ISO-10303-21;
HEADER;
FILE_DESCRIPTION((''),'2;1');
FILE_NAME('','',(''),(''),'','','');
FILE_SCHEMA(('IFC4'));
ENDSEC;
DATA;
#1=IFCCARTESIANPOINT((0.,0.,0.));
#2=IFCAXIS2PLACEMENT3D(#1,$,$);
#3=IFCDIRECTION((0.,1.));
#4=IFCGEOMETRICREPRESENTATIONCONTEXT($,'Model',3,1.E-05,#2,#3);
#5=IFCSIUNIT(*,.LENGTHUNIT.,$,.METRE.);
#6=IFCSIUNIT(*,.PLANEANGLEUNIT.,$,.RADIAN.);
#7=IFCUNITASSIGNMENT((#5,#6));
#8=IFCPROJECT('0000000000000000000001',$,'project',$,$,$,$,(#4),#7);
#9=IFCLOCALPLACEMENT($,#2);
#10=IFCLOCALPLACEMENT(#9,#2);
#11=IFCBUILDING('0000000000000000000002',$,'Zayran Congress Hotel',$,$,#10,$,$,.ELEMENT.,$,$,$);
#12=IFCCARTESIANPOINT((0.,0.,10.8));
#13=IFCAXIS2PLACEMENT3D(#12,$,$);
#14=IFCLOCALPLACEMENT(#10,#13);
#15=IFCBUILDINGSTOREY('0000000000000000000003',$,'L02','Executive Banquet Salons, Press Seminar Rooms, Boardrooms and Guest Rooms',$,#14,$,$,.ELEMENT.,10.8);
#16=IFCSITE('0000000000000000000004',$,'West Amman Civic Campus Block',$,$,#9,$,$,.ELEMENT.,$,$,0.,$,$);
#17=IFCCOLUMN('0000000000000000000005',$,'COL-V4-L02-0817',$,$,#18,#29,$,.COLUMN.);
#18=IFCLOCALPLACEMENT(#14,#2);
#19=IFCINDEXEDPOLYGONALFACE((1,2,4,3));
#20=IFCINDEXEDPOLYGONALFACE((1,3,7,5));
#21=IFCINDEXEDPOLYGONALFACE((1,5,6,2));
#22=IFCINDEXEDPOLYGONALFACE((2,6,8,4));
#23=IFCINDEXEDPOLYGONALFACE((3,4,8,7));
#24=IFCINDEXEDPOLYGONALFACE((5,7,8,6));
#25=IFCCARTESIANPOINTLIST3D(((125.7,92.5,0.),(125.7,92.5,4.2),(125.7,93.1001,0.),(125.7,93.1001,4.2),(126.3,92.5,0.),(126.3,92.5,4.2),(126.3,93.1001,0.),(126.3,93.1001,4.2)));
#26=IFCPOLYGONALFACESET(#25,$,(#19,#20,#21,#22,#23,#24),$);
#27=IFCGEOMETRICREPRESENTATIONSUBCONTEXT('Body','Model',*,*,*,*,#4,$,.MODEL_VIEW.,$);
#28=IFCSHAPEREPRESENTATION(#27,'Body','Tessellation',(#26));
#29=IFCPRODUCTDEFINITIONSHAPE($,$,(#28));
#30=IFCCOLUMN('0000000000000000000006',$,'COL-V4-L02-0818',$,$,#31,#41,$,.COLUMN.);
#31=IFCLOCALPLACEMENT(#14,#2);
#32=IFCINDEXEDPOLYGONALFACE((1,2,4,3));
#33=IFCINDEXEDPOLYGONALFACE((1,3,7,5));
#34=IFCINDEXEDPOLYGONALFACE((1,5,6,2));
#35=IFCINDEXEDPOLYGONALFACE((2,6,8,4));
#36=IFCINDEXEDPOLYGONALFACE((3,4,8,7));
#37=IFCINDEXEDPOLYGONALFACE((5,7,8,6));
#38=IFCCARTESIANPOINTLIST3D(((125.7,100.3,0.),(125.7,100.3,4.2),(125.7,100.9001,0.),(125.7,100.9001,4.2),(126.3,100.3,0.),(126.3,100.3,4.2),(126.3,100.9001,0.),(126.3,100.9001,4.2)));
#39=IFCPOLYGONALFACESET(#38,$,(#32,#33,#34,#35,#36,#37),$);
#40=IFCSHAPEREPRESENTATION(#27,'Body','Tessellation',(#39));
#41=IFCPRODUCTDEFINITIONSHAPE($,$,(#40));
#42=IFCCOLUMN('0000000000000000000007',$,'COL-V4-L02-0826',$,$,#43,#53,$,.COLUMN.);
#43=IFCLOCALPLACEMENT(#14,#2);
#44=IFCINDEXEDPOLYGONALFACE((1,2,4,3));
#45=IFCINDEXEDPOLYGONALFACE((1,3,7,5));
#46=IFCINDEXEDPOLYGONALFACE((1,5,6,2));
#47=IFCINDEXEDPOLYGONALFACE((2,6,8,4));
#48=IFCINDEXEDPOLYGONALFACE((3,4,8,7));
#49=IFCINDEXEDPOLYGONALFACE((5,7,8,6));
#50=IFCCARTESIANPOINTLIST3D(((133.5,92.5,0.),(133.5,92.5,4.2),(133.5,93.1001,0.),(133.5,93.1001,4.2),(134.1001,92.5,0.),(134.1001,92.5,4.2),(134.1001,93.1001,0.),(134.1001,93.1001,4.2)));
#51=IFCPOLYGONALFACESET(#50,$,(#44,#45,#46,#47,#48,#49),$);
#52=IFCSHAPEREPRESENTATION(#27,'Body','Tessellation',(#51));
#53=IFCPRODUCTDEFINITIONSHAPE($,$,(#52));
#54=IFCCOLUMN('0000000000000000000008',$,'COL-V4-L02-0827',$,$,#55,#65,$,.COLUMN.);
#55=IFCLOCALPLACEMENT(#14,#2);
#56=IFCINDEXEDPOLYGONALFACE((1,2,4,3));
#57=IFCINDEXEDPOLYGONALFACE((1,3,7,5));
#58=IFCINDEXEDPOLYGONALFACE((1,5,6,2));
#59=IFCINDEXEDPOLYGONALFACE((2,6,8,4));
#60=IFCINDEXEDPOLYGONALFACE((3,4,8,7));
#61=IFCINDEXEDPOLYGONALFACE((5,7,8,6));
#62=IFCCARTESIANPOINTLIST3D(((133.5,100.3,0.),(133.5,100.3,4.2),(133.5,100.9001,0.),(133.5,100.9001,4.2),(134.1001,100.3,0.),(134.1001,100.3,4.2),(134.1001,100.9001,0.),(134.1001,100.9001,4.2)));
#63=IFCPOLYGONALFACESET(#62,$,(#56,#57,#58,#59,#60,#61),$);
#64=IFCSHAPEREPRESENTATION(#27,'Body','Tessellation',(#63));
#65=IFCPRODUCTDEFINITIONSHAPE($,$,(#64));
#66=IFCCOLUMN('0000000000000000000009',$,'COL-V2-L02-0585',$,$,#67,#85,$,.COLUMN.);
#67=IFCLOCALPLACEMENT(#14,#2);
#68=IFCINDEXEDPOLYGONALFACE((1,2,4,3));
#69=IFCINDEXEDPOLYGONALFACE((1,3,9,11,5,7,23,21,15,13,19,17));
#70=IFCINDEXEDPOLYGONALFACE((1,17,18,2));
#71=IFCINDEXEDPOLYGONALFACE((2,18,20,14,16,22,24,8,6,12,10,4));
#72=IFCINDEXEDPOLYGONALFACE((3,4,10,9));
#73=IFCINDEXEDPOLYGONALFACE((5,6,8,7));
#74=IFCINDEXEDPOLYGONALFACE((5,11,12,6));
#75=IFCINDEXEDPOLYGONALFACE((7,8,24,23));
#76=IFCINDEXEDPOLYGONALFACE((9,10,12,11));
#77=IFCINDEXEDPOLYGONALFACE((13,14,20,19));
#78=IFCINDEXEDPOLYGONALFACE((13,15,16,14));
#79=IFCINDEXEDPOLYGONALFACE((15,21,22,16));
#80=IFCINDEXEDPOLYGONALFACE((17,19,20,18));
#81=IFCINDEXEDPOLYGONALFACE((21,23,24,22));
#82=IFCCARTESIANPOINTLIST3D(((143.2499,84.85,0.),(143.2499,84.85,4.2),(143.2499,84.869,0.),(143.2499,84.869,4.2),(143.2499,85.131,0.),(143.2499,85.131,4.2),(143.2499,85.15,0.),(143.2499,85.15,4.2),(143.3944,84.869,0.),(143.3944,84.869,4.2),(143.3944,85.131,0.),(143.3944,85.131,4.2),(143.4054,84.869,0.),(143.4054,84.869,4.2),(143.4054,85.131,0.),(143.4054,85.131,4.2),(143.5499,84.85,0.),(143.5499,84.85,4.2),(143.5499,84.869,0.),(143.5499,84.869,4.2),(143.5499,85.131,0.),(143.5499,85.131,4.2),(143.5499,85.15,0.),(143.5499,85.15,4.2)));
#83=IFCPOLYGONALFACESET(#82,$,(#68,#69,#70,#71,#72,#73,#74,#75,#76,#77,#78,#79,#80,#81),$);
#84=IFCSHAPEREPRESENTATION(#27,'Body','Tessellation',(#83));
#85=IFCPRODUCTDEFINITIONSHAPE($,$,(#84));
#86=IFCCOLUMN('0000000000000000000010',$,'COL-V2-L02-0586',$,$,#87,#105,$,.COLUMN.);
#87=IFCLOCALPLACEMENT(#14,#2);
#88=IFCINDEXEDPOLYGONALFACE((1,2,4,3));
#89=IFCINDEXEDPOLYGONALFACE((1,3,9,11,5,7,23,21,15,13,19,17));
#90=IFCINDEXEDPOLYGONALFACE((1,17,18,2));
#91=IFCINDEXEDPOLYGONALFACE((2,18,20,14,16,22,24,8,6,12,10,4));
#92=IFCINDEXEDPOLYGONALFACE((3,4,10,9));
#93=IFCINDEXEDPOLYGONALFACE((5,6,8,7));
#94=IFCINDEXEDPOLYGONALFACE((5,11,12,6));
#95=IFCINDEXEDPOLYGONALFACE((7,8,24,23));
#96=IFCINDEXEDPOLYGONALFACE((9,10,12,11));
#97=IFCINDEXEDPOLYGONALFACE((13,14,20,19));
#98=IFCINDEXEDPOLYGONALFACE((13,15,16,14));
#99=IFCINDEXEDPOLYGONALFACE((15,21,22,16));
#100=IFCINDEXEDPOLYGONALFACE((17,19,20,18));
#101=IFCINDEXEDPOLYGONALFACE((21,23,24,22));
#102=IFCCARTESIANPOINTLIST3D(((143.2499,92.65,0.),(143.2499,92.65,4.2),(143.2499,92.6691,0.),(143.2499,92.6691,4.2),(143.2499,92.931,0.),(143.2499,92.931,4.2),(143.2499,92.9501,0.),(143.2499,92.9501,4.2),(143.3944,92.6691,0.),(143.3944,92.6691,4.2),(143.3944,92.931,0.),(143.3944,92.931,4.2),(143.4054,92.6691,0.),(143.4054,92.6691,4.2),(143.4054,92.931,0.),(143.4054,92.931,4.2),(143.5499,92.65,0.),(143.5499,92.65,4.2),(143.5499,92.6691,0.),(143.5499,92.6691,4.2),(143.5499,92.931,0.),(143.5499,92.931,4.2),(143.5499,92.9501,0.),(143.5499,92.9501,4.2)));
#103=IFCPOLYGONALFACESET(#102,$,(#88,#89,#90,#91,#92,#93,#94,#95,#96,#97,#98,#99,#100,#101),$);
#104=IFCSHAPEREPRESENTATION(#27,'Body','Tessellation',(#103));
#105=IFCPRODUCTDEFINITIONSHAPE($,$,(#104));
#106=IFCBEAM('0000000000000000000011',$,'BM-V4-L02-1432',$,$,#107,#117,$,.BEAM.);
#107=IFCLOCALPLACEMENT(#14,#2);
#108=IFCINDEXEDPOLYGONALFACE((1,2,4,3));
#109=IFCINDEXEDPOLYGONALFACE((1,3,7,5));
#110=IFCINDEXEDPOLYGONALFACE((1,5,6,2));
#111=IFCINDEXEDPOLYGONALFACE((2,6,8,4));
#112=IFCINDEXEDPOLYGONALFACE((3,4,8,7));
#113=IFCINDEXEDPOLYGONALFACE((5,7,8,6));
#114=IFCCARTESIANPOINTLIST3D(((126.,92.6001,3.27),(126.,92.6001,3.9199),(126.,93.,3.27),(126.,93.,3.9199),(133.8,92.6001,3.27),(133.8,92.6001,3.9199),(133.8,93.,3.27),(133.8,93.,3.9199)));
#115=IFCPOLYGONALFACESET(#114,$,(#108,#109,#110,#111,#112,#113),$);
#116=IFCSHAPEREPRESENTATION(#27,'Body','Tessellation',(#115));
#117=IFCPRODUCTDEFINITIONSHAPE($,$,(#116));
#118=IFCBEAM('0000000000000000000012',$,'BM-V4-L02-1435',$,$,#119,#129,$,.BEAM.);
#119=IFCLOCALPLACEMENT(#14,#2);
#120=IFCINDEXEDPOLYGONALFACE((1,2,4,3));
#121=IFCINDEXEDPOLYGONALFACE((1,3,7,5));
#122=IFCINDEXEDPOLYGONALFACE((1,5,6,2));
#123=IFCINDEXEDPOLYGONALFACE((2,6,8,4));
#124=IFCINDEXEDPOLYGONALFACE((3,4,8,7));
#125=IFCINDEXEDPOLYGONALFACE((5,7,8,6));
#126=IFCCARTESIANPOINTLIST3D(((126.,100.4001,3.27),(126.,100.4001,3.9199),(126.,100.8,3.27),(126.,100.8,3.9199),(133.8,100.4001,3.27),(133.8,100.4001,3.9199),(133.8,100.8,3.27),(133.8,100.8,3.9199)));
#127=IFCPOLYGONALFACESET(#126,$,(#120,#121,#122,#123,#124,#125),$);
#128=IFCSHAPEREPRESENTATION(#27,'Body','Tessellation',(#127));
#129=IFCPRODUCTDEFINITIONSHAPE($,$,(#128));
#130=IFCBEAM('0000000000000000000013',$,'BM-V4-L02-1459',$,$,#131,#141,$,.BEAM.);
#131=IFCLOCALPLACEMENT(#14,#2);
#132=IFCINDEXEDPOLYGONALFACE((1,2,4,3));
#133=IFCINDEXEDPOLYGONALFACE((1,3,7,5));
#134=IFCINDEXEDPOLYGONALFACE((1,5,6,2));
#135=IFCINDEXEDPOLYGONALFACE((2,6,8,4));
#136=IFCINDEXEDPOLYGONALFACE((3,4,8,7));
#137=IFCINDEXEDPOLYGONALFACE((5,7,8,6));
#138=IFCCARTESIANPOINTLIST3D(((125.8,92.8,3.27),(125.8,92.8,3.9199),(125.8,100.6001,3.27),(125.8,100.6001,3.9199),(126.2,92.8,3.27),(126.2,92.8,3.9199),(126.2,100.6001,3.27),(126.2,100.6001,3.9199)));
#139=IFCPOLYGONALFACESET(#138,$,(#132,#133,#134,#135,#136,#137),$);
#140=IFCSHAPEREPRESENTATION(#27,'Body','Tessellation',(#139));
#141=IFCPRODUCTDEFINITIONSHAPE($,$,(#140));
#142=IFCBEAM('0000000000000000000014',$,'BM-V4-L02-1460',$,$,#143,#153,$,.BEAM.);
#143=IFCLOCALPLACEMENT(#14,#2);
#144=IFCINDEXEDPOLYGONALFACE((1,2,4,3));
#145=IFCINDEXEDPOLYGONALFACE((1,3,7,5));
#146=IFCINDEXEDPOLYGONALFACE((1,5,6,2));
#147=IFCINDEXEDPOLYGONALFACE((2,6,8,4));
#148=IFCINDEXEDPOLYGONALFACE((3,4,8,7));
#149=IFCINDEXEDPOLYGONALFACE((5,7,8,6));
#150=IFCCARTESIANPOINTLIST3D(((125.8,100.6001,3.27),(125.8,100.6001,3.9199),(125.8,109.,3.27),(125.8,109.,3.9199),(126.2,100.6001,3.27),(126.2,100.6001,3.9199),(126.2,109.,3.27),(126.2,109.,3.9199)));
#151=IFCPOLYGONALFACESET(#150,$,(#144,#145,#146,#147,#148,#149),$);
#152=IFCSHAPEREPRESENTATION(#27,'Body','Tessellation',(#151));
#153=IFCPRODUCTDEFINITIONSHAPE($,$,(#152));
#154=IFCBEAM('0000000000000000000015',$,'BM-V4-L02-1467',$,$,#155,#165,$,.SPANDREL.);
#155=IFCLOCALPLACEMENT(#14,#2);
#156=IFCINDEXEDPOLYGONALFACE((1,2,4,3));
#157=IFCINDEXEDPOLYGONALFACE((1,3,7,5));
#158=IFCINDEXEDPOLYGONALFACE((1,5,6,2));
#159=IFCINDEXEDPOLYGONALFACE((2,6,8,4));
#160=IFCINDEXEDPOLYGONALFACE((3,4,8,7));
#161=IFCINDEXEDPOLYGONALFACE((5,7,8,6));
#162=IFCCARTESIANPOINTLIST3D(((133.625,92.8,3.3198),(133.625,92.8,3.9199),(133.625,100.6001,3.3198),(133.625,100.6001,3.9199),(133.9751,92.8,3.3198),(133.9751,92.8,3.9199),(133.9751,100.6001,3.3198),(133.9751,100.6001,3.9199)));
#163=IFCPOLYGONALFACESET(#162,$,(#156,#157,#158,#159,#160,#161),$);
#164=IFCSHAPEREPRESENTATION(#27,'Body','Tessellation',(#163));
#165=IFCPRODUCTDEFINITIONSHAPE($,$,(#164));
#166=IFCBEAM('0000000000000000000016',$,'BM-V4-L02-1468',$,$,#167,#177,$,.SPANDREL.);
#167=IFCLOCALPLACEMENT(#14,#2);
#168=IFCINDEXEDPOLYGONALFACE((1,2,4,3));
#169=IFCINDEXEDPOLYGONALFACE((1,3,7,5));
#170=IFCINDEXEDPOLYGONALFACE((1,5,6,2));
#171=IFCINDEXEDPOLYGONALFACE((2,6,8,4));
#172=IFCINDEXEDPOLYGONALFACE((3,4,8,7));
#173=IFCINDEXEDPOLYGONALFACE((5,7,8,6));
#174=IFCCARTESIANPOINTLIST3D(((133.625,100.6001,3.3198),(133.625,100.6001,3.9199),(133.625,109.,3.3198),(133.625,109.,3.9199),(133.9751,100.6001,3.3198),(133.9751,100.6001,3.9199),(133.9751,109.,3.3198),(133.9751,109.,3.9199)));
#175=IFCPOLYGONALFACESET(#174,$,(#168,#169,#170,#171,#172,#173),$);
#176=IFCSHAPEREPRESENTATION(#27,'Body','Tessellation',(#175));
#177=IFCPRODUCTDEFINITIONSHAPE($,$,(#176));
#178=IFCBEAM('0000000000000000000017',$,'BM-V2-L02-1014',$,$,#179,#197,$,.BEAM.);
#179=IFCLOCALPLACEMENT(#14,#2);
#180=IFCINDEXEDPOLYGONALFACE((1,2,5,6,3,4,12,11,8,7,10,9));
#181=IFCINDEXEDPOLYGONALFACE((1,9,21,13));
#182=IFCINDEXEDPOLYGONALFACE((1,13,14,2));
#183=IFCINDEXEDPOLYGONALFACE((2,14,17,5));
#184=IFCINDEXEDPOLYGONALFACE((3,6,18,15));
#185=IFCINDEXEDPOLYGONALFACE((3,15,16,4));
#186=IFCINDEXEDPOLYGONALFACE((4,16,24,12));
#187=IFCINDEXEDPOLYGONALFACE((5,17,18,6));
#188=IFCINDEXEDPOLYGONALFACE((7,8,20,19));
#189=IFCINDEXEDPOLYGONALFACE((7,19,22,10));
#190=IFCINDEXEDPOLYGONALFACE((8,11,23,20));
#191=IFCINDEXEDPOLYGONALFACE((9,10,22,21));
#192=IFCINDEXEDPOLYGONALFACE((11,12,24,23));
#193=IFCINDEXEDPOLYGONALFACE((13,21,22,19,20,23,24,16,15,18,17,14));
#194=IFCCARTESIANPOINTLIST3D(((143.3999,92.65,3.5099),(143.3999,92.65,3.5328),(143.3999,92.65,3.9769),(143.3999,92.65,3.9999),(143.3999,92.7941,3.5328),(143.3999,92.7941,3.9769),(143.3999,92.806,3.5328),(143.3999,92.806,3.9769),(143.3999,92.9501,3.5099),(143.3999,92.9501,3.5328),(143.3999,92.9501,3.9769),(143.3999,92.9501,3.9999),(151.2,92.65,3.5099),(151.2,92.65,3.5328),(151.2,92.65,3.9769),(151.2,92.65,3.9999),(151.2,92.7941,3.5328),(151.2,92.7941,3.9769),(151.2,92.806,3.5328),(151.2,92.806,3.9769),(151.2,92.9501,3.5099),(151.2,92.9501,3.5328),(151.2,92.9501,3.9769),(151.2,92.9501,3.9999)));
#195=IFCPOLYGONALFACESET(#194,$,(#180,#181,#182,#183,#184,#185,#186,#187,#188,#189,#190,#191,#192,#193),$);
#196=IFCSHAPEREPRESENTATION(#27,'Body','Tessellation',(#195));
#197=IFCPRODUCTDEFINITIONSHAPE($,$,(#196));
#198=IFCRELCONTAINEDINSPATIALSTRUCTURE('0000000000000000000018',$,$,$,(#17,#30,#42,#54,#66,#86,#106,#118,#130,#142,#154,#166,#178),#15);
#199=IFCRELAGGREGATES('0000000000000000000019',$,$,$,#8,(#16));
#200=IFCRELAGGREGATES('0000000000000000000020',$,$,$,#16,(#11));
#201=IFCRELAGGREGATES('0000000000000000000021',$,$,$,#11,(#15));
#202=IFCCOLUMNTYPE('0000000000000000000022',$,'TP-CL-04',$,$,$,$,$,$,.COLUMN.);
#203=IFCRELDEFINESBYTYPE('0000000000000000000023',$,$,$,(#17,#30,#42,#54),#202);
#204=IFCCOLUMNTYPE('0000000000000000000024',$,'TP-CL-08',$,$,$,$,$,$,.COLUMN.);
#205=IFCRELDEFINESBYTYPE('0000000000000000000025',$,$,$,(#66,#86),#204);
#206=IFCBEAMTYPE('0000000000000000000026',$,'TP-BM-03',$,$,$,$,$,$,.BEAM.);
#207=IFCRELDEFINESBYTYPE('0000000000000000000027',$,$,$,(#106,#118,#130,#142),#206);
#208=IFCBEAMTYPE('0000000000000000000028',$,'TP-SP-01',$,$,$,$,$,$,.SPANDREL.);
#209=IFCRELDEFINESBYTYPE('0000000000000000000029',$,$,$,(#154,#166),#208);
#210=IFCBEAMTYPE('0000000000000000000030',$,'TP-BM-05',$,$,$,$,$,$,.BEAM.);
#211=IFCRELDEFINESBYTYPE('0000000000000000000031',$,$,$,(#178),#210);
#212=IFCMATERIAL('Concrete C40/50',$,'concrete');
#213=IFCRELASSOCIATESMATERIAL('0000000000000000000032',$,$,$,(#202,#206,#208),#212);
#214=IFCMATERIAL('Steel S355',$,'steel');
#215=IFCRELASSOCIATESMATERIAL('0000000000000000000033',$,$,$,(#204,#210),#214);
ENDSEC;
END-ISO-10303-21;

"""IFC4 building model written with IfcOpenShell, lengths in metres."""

from ifc_helpers import new_model, si_unit, direction, frame, origin, origin_2d, place, context, subcontext, project, spatial, rectangle, i_section, extrude, material, material_profile, profile_set, type_object, element, save


model = new_model("IFC4")

# Units and contexts
model_context = context("Model", 3, precision=1e-05, world=origin(), true_north=direction((0.0, 1.0)))
body_context = subcontext(model_context, "Body", "Model", "MODEL_VIEW")
ifc_project = project(units=[si_unit("LENGTHUNIT", "METRE"), si_unit("PLANEANGLEUNIT", "RADIAN")], contexts=[model_context])

# Site, building, storey
site_placement = place(None, origin())
site = spatial("IfcSite", under=ifc_project, at=site_placement, Name="West Amman Civic Campus Block", CompositionType="ELEMENT", RefElevation=0.0)
building_placement = place(site_placement, origin())
building = spatial("IfcBuilding", under=site, at=building_placement, Name="Zayran Congress Hotel", CompositionType="ELEMENT")
storey_placement = place(building_placement, frame((0.0, 0.0, 10.8)))
storey = spatial("IfcBuildingStorey", under=building, at=storey_placement, Name="L02", Description="Executive Banquet Salons, Press Seminar Rooms, Boardrooms and Guest Rooms", CompositionType="ELEMENT", Elevation=10.8)

# Columns
ifc_material_1 = material(Name="Concrete C40/50", Category="concrete")
ifc_material_profile_1 = material_profile(ifc_material_1, rectangle(XDim=0.6001, YDim=0.6001, at=origin_2d()), Name="RC 600x600")
ifc_profile_set_1 = profile_set([ifc_material_profile_1], Name="Concrete C40/50")
column_type_1 = type_object("IfcColumnType", Name="TP-CL-04", PredefinedType="COLUMN", material=ifc_profile_set_1)
for number, where, z_axis, x_axis, name in (
    (1, (126.0, 92.8, 0.0), (0.0, 0.0, 1.0), (1.0, 0.0, 0.0), "COL-V4-L02-0817"),
    (2, (126.0, 100.6001, 0.0), (0.0, 0.0, 1.0), (1.0, 0.0, 0.0), "COL-V4-L02-0818"),
    (3, (133.8, 92.8, 0.0), (0.0, 0.0, 1.0), (1.0, 0.0, 0.0), "COL-V4-L02-0826"),
    (4, (133.8, 100.6001, 0.0), (0.0, 0.0, 1.0), (1.0, 0.0, 0.0), "COL-V4-L02-0827"),
):
    element("IfcColumn", number, at=place(storey_placement, frame(where, z_axis=z_axis, x_axis=x_axis)), inside=storey, type_object=column_type_1, Name=name, PredefinedType="COLUMN", context=body_context, shape_type="SweptSolid", body=[
        extrude(rectangle(XDim=0.6001, YDim=0.6001, at=origin_2d()), origin(), (0.0, 0.0, 1.0), 4.2),
    ])
ifc_material_2 = material(Name="Steel S355", Category="steel")
ifc_material_profile_2 = material_profile(ifc_material_2, i_section(OverallWidth=0.3, OverallDepth=0.3, WebThickness=0.011, FlangeThickness=0.019, at=origin_2d()), Name="HEB 300")
ifc_profile_set_2 = profile_set([ifc_material_profile_2], Name="Steel S355")
column_type_2 = type_object("IfcColumnType", Name="TP-CL-08", PredefinedType="COLUMN", material=ifc_profile_set_2)
for number, where, z_axis, x_axis, name in (
    (5, (143.3999, 85.0, 0.0), (0.0, 0.0, 1.0), (1.0, 0.0, 0.0), "COL-V2-L02-0585"),
    (6, (143.3999, 92.8, 0.0), (0.0, 0.0, 1.0), (1.0, 0.0, 0.0), "COL-V2-L02-0586"),
):
    element("IfcColumn", number, at=place(storey_placement, frame(where, z_axis=z_axis, x_axis=x_axis)), inside=storey, type_object=column_type_2, Name=name, PredefinedType="COLUMN", context=body_context, shape_type="SweptSolid", body=[
        extrude(i_section(OverallWidth=0.3, OverallDepth=0.3, WebThickness=0.011, FlangeThickness=0.019, at=origin_2d()), origin(), (0.0, 0.0, 1.0), 4.2),
    ])

# Beams
ifc_material_profile_3 = material_profile(ifc_material_1, rectangle(XDim=0.3999, YDim=0.6499, at=origin_2d()), Name="RC 400x650")
ifc_profile_set_3 = profile_set([ifc_material_profile_3], Name="Concrete C40/50")
beam_type_1 = type_object("IfcBeamType", Name="TP-BM-03", PredefinedType="BEAM", material=ifc_profile_set_3)
for number, where, z_axis, x_axis, name in (
    (7, (126.0, 92.8, 3.595), (1.0, 0.0, 0.0), (0.0, 1.0, 0.0), "BM-V4-L02-1432"),
    (8, (126.0, 100.6001, 3.595), (1.0, 0.0, 0.0), (0.0, 1.0, 0.0), "BM-V4-L02-1435"),
    (9, (126.0, 92.8, 3.595), (0.0, 1.0, 0.0), (-1.0, 0.0, 0.0), "BM-V4-L02-1459"),
):
    element("IfcBeam", number, at=place(storey_placement, frame(where, z_axis=z_axis, x_axis=x_axis)), inside=storey, type_object=beam_type_1, Name=name, PredefinedType="BEAM", context=body_context, shape_type="SweptSolid", body=[
        extrude(rectangle(XDim=0.3999, YDim=0.6499, at=origin_2d()), origin(), (0.0, 0.0, 1.0), 7.8),
    ])
beam_1_placement = place(storey_placement, frame((126.0, 100.6001, 3.595), z_axis=(0.0, 1.0, 0.0), x_axis=(-1.0, 0.0, 0.0)))
element("IfcBeam", 10, at=beam_1_placement, inside=storey, type_object=beam_type_1, Name="BM-V4-L02-1460", PredefinedType="BEAM", context=body_context, shape_type="SweptSolid", body=[
    extrude(rectangle(XDim=0.3999, YDim=0.6499, at=origin_2d()), origin(), (0.0, 0.0, 1.0), 8.3999),
])
ifc_material_profile_4 = material_profile(ifc_material_1, rectangle(XDim=0.3501, YDim=0.6001, at=origin_2d()), Name="RC 350x600")
ifc_profile_set_4 = profile_set([ifc_material_profile_4], Name="Concrete C40/50")
beam_type_2 = type_object("IfcBeamType", Name="TP-SP-01", PredefinedType="SPANDREL", material=ifc_profile_set_4)
beam_2_placement = place(storey_placement, frame((133.8, 92.8, 3.6199), z_axis=(0.0, 1.0, 0.0), x_axis=(-1.0, 0.0, 0.0)))
element("IfcBeam", 11, at=beam_2_placement, inside=storey, type_object=beam_type_2, Name="BM-V4-L02-1467", PredefinedType="SPANDREL", context=body_context, shape_type="SweptSolid", body=[
    extrude(rectangle(XDim=0.3501, YDim=0.6001, at=origin_2d()), origin(), (0.0, 0.0, 1.0), 7.8),
])
beam_3_placement = place(storey_placement, frame((133.8, 100.6001, 3.6199), z_axis=(0.0, 1.0, 0.0), x_axis=(-1.0, 0.0, 0.0)))
element("IfcBeam", 12, at=beam_3_placement, inside=storey, type_object=beam_type_2, Name="BM-V4-L02-1468", PredefinedType="SPANDREL", context=body_context, shape_type="SweptSolid", body=[
    extrude(rectangle(XDim=0.3501, YDim=0.6001, at=origin_2d()), origin(), (0.0, 0.0, 1.0), 8.3999),
])
ifc_material_profile_5 = material_profile(ifc_material_2, i_section(OverallWidth=0.3, OverallDepth=0.49, WebThickness=0.012, FlangeThickness=0.0229, at=origin_2d()), Name="HEA 500")
ifc_profile_set_5 = profile_set([ifc_material_profile_5], Name="Steel S355")
beam_type_3 = type_object("IfcBeamType", Name="TP-BM-05", PredefinedType="BEAM", material=ifc_profile_set_5)
beam_4_placement = place(storey_placement, frame((143.3999, 92.8, 3.7549), z_axis=(1.0, 0.0, 0.0), x_axis=(0.0, 1.0, 0.0)))
element("IfcBeam", 13, at=beam_4_placement, inside=storey, type_object=beam_type_3, Name="BM-V2-L02-1014", PredefinedType="BEAM", context=body_context, shape_type="SweptSolid", body=[
    extrude(i_section(OverallWidth=0.3, OverallDepth=0.49, WebThickness=0.012, FlangeThickness=0.0229, at=origin_2d()), origin(), (0.0, 0.0, 1.0), 7.8),
])

save(model, "model.ifc")
